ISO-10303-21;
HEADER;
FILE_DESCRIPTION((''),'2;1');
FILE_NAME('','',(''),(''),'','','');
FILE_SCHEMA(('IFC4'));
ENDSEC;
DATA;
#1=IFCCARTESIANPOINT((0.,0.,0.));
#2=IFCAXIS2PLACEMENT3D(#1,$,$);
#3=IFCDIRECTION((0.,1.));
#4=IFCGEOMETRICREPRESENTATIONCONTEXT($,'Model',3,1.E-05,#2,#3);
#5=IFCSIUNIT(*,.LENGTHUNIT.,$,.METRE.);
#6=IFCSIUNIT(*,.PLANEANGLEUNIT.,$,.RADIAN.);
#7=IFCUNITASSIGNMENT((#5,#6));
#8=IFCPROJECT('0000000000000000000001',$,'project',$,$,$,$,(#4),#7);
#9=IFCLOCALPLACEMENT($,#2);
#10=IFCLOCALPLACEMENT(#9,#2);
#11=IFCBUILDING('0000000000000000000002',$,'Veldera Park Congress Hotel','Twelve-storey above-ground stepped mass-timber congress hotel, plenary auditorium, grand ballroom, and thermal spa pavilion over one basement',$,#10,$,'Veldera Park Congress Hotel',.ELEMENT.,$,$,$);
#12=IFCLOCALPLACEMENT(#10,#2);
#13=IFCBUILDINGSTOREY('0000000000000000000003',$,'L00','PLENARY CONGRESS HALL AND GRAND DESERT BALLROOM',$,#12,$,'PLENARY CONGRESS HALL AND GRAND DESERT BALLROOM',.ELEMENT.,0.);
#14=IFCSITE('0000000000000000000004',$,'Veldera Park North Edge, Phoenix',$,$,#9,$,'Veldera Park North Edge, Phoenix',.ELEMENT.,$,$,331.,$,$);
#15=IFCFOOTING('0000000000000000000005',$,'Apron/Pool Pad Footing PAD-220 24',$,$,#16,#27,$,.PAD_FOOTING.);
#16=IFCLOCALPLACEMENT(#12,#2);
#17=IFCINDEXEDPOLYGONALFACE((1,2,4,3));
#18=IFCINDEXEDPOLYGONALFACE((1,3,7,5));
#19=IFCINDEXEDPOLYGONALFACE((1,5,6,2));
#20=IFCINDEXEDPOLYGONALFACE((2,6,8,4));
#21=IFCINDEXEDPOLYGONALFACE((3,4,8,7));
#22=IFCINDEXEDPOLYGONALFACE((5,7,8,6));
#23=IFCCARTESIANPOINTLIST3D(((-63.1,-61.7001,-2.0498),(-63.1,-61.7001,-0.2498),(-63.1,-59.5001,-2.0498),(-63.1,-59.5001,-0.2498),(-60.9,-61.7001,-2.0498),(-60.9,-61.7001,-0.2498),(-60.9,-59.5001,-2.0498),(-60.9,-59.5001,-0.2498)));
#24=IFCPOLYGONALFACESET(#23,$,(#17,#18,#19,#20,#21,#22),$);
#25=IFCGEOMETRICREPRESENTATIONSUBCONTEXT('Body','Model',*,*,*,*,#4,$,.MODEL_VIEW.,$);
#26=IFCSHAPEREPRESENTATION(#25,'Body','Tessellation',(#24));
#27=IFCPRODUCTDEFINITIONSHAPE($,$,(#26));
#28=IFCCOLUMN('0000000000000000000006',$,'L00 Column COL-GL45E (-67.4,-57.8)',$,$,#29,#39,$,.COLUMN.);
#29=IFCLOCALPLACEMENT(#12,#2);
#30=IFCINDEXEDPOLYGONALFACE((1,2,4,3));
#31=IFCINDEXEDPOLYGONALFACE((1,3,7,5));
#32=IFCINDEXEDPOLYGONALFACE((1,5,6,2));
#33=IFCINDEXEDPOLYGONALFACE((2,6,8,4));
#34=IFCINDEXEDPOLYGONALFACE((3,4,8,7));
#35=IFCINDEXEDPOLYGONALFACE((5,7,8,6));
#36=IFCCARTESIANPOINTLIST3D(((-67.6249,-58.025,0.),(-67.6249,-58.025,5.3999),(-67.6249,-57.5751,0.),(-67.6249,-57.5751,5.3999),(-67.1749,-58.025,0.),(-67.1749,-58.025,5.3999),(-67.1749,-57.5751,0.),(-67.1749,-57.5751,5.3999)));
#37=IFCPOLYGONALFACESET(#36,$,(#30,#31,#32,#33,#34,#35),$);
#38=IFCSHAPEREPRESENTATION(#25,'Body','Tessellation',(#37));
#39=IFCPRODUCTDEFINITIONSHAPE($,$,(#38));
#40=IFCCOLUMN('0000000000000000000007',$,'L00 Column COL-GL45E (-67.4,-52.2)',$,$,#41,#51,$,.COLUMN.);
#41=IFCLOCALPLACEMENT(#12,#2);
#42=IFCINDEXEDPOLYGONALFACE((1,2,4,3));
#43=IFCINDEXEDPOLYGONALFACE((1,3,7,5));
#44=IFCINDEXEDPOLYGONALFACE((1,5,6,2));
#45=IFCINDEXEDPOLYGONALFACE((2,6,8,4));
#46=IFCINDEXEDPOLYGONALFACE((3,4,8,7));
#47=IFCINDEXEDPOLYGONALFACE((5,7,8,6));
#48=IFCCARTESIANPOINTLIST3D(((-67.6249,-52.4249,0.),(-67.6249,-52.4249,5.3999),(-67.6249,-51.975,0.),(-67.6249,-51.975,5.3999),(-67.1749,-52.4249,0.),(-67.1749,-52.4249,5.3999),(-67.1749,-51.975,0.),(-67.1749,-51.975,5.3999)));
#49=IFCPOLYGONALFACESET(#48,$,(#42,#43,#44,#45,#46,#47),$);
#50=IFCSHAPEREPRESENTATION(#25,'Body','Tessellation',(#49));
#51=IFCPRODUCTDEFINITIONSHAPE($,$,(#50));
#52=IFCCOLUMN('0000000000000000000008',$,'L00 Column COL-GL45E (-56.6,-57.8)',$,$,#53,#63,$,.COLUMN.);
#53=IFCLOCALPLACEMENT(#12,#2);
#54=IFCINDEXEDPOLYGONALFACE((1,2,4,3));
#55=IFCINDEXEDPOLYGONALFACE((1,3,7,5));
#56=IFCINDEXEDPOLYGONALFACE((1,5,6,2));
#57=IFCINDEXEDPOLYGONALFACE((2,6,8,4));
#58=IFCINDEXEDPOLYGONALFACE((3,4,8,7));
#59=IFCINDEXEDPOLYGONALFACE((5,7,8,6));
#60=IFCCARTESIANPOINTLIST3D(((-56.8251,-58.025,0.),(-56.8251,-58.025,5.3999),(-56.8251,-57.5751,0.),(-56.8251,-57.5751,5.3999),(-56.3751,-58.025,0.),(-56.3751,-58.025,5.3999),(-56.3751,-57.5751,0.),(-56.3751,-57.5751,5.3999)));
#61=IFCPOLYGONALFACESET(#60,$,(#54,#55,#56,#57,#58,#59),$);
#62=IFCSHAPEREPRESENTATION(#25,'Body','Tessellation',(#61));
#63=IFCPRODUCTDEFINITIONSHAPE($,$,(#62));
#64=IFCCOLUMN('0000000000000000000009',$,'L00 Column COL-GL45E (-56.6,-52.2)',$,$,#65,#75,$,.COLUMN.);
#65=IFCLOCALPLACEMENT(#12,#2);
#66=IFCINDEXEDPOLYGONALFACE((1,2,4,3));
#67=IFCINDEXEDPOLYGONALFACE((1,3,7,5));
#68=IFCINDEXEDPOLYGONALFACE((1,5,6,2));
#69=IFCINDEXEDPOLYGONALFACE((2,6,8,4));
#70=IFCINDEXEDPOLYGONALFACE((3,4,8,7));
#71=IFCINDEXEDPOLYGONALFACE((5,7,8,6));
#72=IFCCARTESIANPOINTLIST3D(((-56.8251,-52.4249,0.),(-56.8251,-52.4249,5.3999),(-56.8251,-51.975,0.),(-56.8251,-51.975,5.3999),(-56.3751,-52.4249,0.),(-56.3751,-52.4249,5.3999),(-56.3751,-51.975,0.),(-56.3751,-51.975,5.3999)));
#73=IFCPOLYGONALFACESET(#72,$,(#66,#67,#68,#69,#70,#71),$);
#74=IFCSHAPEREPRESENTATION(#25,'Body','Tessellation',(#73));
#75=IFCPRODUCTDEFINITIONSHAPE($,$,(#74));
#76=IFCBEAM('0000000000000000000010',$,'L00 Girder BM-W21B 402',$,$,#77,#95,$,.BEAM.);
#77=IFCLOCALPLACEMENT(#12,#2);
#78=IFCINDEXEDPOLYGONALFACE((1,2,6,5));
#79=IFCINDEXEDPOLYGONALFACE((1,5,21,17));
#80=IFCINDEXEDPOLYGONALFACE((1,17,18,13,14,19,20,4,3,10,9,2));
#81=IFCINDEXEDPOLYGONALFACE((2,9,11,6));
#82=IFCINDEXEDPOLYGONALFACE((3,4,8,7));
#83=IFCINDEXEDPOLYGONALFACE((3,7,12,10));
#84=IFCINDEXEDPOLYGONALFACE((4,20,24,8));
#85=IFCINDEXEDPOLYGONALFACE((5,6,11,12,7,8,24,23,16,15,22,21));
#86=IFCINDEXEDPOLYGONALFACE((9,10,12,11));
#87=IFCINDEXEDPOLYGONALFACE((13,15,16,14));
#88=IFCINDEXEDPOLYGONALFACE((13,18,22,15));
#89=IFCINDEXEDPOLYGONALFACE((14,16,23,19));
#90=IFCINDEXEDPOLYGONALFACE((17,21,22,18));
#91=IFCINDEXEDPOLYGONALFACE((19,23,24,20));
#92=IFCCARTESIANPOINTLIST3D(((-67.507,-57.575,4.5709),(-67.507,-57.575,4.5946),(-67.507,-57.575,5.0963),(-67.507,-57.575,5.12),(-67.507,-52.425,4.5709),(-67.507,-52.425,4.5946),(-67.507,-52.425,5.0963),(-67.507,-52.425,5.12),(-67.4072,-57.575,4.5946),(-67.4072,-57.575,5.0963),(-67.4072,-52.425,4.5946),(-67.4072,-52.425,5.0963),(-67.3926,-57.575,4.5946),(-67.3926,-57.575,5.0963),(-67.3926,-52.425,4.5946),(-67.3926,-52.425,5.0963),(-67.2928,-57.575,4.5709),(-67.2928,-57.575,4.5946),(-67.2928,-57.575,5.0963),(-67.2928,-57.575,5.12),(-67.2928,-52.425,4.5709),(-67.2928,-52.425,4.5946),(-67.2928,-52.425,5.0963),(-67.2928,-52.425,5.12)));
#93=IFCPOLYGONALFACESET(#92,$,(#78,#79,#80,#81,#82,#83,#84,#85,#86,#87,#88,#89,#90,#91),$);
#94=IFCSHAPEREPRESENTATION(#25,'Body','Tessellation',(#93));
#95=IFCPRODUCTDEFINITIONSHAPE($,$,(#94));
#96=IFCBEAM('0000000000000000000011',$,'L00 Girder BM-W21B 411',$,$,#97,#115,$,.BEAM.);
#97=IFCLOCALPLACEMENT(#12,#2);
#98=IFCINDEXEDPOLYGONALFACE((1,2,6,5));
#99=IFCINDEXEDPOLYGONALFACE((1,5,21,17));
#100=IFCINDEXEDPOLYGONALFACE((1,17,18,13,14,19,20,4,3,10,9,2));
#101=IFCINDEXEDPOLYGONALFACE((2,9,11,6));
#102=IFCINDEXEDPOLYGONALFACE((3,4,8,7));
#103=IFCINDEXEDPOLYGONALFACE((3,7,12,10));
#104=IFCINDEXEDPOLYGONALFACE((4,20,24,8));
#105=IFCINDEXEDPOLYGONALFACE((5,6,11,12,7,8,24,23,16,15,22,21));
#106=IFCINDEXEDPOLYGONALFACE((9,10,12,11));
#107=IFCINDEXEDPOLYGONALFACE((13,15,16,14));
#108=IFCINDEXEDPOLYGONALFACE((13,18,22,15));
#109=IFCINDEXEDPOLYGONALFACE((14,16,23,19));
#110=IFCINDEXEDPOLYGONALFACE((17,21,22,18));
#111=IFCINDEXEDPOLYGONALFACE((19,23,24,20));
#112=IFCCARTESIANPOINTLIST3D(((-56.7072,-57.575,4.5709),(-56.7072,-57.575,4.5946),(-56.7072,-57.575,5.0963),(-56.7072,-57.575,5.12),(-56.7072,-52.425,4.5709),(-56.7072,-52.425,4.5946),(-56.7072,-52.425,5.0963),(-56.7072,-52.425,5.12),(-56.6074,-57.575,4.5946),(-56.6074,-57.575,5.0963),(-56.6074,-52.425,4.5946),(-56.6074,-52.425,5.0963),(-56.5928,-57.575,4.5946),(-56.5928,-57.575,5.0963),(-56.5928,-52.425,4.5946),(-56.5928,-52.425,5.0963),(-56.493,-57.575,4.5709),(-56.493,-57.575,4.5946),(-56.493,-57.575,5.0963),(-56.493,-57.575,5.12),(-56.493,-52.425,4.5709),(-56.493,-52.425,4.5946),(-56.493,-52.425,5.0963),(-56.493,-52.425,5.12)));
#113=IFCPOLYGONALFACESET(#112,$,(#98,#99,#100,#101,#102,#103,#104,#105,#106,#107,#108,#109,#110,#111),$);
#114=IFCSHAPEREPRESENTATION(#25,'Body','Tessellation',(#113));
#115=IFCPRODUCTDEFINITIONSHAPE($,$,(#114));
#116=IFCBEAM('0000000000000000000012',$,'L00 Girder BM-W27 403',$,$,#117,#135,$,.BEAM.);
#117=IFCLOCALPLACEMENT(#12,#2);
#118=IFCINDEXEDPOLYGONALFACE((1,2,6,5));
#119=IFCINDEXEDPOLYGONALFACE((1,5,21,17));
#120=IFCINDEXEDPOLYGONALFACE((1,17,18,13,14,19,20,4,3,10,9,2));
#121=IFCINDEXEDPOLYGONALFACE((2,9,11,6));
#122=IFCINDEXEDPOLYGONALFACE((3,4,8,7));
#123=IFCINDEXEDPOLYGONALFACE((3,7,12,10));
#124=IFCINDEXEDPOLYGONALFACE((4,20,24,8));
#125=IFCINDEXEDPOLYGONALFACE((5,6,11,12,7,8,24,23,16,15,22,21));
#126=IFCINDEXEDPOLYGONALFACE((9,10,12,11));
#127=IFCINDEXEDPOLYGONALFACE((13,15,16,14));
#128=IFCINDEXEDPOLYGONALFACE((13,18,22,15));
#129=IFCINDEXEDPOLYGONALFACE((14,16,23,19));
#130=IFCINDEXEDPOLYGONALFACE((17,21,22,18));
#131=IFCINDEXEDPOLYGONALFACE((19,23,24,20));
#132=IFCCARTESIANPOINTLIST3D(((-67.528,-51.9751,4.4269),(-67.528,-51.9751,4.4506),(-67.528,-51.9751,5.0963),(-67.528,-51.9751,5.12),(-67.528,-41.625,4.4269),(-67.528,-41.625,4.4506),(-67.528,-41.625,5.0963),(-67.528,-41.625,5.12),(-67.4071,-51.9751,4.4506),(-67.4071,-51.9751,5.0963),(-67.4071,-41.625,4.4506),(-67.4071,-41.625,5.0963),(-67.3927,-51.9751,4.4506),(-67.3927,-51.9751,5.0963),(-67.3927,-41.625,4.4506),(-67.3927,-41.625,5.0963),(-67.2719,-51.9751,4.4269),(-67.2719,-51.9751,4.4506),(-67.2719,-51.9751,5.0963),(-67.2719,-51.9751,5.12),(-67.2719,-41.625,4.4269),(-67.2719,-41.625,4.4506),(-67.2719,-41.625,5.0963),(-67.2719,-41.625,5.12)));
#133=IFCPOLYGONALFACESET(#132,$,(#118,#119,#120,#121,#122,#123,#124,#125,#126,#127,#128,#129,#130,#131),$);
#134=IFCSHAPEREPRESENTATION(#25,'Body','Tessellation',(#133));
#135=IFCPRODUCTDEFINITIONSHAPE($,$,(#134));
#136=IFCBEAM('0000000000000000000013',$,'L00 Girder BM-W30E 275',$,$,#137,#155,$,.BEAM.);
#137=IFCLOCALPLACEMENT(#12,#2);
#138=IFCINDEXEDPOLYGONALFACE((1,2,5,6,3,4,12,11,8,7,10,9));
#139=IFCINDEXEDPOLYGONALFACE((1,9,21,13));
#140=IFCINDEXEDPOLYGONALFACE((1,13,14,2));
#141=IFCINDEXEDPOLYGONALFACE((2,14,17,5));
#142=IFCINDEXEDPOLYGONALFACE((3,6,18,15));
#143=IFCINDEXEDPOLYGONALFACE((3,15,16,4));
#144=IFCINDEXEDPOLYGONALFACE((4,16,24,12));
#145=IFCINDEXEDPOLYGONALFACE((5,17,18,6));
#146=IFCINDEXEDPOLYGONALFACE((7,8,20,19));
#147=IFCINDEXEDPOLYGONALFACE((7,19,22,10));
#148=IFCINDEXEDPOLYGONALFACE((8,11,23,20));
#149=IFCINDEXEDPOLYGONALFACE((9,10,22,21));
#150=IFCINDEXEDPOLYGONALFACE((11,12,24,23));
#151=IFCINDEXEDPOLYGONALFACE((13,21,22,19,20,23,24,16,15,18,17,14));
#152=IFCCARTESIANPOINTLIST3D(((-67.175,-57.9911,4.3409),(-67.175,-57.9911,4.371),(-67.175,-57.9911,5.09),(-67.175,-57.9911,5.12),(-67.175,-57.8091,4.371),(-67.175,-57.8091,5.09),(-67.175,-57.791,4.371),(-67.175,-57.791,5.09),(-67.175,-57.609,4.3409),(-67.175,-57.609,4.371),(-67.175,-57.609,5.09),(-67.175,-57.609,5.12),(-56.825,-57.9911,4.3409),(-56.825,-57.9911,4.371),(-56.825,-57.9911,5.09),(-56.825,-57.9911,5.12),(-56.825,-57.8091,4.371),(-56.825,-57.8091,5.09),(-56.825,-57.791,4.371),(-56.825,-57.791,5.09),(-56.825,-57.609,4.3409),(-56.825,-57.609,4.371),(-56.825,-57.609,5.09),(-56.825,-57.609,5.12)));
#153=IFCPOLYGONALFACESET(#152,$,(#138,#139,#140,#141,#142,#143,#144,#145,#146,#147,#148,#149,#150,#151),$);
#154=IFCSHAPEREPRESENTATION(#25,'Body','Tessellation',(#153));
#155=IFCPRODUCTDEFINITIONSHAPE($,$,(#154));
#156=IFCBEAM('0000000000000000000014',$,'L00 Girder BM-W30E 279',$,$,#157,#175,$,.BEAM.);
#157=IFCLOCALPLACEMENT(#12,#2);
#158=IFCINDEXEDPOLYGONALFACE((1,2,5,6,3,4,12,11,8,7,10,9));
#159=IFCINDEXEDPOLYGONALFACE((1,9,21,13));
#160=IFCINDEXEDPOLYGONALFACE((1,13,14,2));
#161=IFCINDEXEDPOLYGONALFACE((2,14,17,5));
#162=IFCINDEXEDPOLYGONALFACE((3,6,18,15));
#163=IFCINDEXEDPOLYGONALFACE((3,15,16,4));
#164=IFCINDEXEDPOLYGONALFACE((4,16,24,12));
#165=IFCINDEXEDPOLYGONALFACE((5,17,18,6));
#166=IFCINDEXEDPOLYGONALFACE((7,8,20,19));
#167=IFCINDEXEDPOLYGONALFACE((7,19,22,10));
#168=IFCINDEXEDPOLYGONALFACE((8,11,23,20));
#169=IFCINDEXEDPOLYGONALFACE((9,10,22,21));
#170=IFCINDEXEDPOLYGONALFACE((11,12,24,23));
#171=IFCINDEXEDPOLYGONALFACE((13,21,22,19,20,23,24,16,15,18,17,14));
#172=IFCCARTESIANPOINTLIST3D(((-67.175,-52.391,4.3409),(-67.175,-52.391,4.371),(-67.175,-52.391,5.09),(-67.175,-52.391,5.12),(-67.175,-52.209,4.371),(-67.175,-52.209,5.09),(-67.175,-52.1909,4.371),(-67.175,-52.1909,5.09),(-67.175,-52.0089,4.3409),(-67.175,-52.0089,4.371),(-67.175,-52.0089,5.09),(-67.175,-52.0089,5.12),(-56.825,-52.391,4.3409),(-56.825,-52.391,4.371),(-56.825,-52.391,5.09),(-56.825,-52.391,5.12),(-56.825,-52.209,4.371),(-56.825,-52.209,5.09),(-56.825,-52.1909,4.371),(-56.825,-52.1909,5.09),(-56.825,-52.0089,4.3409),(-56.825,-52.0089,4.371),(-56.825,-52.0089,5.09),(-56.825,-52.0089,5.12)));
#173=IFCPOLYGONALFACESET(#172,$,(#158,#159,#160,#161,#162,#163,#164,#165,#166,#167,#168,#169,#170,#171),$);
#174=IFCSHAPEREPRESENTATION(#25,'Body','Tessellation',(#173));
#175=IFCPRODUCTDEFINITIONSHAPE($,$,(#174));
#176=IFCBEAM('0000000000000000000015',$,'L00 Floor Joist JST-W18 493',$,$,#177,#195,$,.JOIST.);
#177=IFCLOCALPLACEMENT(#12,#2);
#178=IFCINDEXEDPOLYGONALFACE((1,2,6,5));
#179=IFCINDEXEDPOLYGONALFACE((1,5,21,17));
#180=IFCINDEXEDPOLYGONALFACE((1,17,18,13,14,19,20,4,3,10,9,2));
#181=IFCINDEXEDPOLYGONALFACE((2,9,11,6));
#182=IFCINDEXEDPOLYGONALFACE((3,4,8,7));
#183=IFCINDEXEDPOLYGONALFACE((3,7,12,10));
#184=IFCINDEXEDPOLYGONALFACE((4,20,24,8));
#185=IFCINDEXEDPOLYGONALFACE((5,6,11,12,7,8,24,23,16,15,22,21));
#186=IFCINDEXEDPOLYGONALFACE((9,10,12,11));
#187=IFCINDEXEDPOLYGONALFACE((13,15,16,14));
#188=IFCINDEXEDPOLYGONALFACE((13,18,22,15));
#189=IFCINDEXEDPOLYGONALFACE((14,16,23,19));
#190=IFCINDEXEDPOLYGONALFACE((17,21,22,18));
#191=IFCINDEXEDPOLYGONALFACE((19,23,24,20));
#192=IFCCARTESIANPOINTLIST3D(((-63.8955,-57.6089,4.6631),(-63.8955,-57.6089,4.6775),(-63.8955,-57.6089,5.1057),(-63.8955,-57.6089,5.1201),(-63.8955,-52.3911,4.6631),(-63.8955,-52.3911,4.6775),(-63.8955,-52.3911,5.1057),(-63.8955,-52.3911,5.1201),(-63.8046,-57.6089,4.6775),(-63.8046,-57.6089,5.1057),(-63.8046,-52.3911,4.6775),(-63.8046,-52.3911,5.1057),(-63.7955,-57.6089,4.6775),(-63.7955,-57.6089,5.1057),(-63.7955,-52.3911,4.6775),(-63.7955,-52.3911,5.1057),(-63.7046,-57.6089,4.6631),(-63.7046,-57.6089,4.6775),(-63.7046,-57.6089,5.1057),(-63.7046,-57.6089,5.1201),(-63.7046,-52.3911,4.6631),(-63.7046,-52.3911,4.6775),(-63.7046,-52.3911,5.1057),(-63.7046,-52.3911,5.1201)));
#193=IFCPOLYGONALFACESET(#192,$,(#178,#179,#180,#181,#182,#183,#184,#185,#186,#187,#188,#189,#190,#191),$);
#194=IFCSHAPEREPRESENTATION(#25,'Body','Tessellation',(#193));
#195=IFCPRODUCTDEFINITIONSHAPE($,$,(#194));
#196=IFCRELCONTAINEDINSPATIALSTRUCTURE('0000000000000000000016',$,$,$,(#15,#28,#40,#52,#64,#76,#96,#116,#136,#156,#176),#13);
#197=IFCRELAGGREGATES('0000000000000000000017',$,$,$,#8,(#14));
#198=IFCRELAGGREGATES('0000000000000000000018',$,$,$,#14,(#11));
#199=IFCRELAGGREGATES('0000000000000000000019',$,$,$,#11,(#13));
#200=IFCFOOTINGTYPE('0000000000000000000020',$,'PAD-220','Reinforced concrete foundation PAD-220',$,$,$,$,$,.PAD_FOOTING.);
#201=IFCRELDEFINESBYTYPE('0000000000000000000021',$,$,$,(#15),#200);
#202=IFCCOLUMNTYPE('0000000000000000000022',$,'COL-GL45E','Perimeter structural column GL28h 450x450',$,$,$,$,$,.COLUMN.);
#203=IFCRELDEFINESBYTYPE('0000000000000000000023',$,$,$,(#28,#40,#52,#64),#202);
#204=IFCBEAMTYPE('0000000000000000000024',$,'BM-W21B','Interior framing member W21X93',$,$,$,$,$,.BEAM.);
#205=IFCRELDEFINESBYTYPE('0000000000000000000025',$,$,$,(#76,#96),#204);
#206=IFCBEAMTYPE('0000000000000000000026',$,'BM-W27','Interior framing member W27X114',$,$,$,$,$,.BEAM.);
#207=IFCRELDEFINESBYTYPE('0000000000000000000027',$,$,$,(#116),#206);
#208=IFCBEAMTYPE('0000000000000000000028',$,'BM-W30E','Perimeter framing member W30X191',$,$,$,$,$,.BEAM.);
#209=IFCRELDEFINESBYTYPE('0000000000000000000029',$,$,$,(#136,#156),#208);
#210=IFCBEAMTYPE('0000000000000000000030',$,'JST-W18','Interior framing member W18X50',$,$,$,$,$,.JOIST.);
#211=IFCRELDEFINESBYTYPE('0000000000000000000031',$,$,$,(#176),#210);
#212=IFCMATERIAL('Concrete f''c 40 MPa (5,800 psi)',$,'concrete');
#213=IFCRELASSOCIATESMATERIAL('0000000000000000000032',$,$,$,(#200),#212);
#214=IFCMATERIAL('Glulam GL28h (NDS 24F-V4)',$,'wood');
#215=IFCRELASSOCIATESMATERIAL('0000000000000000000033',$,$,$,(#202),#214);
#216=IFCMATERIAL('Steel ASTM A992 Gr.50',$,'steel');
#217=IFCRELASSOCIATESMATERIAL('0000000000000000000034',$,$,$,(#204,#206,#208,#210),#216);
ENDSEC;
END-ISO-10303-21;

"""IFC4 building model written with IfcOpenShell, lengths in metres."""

from ifc_helpers import new_model, si_unit, direction, frame, origin, origin_2d, place, context, subcontext, project, spatial, rectangle, i_section, extrude, material, material_profile, profile_set, type_object, element, save


model = new_model("IFC4")

# Units and contexts
model_context = context("Model", 3, precision=1e-05, world=origin(), true_north=direction((0.0, 1.0)))
body_context = subcontext(model_context, "Body", "Model", "MODEL_VIEW")
ifc_project = project(units=[si_unit("LENGTHUNIT", "METRE"), si_unit("PLANEANGLEUNIT", "RADIAN")], contexts=[model_context])

# Site, building, storey
site_placement = place(None, origin())
site = spatial("IfcSite", under=ifc_project, at=site_placement, Name="Veldera Park North Edge, Phoenix", LongName="Veldera Park North Edge, Phoenix", CompositionType="ELEMENT", RefElevation=331.0)
building_placement = place(site_placement, origin())
building = spatial("IfcBuilding", under=site, at=building_placement, Name="Veldera Park Congress Hotel", Description="Twelve-storey above-ground stepped mass-timber congress hotel, plenary auditorium, grand ballroom, and thermal spa pavilion over one basement", LongName="Veldera Park Congress Hotel", CompositionType="ELEMENT")
storey_placement = place(building_placement, origin())
storey = spatial("IfcBuildingStorey", under=building, at=storey_placement, Name="L00", Description="PLENARY CONGRESS HALL AND GRAND DESERT BALLROOM", LongName="PLENARY CONGRESS HALL AND GRAND DESERT BALLROOM", CompositionType="ELEMENT", Elevation=0.0)

# Footing
ifc_material_1 = material(Name="Concrete f'c 40 MPa (5,800 psi)", Category="concrete")
footing_type = type_object("IfcFootingType", Name="PAD-220", Description="Reinforced concrete foundation PAD-220", PredefinedType="PAD_FOOTING", material=ifc_material_1)
footing_placement = place(storey_placement, frame((-62.0, -60.6001, -2.0498), z_axis=(0.0, 0.0, 1.0), x_axis=(1.0, 0.0, 0.0)))
element("IfcFooting", 1, at=footing_placement, inside=storey, type_object=footing_type, Name="Apron/Pool Pad Footing PAD-220 24", PredefinedType="PAD_FOOTING", context=body_context, shape_type="SweptSolid", body=[
    extrude(rectangle(XDim=2.2, YDim=2.2, at=origin_2d()), origin(), (0.0, 0.0, 1.0), 1.8),
])

# Columns
ifc_material_2 = material(Name="Glulam GL28h (NDS 24F-V4)", Category="wood")
ifc_material_profile_1 = material_profile(ifc_material_2, rectangle(XDim=0.45, YDim=0.45, at=origin_2d()), Name="GL28h 450x450")
ifc_profile_set_1 = profile_set([ifc_material_profile_1], Name="Glulam GL28h (NDS 24F-V4)")
column_type = type_object("IfcColumnType", Name="COL-GL45E", Description="Perimeter structural column GL28h 450x450", PredefinedType="COLUMN", material=ifc_profile_set_1)
for number, where, z_axis, x_axis, name in (
    (2, (-67.3999, -57.8, 0.0), (0.0, 0.0, 1.0), (1.0, 0.0, 0.0), "L00 Column COL-GL45E (-67.4,-57.8)"),
    (3, (-67.3999, -52.2, 0.0), (0.0, 0.0, 1.0), (1.0, 0.0, 0.0), "L00 Column COL-GL45E (-67.4,-52.2)"),
    (4, (-56.6001, -57.8, 0.0), (0.0, 0.0, 1.0), (1.0, 0.0, 0.0), "L00 Column COL-GL45E (-56.6,-57.8)"),
    (5, (-56.6001, -52.2, 0.0), (0.0, 0.0, 1.0), (1.0, 0.0, 0.0), "L00 Column COL-GL45E (-56.6,-52.2)"),
):
    element("IfcColumn", number, at=place(storey_placement, frame(where, z_axis=z_axis, x_axis=x_axis)), inside=storey, type_object=column_type, Name=name, PredefinedType="COLUMN", context=body_context, shape_type="SweptSolid", body=[
        extrude(rectangle(XDim=0.45, YDim=0.45, at=origin_2d()), origin(), (0.0, 0.0, 1.0), 5.3999),
    ])

# Beams
ifc_material_3 = material(Name="Steel ASTM A992 Gr.50", Category="steel")
ifc_material_profile_2 = material_profile(ifc_material_3, i_section(OverallWidth=0.2141, OverallDepth=0.5491, WebThickness=0.0146, FlangeThickness=0.0237, at=origin_2d()), Name="W21X93")
ifc_profile_set_2 = profile_set([ifc_material_profile_2], Name="Steel ASTM A992 Gr.50")
beam_type_1 = type_object("IfcBeamType", Name="BM-W21B", Description="Interior framing member W21X93", PredefinedType="BEAM", material=ifc_profile_set_2)
for number, where, z_axis, x_axis, name in (
    (6, (-67.3999, -57.575, 4.8455), (0.0, 1.0, 0.0), (-1.0, 0.0, 0.0), "L00 Girder BM-W21B 402"),
    (7, (-56.6001, -57.575, 4.8455), (0.0, 1.0, 0.0), (-1.0, 0.0, 0.0), "L00 Girder BM-W21B 411"),
):
    element("IfcBeam", number, at=place(storey_placement, frame(where, z_axis=z_axis, x_axis=x_axis)), inside=storey, type_object=beam_type_1, Name=name, PredefinedType="BEAM", context=body_context, shape_type="SweptSolid", body=[
        extrude(i_section(OverallWidth=0.2141, OverallDepth=0.5491, WebThickness=0.0146, FlangeThickness=0.0237, at=origin_2d()), origin(), (0.0, 0.0, 1.0), 5.1499),
    ])
ifc_material_profile_3 = material_profile(ifc_material_3, i_section(OverallWidth=0.2561, OverallDepth=0.6931, WebThickness=0.0144, FlangeThickness=0.0237, at=origin_2d()), Name="W27X114")
ifc_profile_set_3 = profile_set([ifc_material_profile_3], Name="Steel ASTM A992 Gr.50")
beam_type_2 = type_object("IfcBeamType", Name="BM-W27", Description="Interior framing member W27X114", PredefinedType="BEAM", material=ifc_profile_set_3)
beam_placement = place(storey_placement, frame((-67.3999, -51.9751, 4.7734), z_axis=(0.0, 1.0, 0.0), x_axis=(-1.0, 0.0, 0.0)))
element("IfcBeam", 8, at=beam_placement, inside=storey, type_object=beam_type_2, Name="L00 Girder BM-W27 403", PredefinedType="BEAM", context=body_context, shape_type="SweptSolid", body=[
    extrude(i_section(OverallWidth=0.2561, OverallDepth=0.6931, WebThickness=0.0144, FlangeThickness=0.0237, at=origin_2d()), origin(), (0.0, 0.0, 1.0), 10.3501),
])
ifc_material_profile_4 = material_profile(ifc_material_3, i_section(OverallWidth=0.3821, OverallDepth=0.7791, WebThickness=0.0181, FlangeThickness=0.03, at=origin_2d()), Name="W30X191")
ifc_profile_set_4 = profile_set([ifc_material_profile_4], Name="Steel ASTM A992 Gr.50")
beam_type_3 = type_object("IfcBeamType", Name="BM-W30E", Description="Perimeter framing member W30X191", PredefinedType="BEAM", material=ifc_profile_set_4)
for number, where, z_axis, x_axis, name in (
    (9, (-67.175, -57.8, 4.7305), (1.0, 0.0, 0.0), (0.0, 1.0, 0.0), "L00 Girder BM-W30E 275"),
    (10, (-67.175, -52.2, 4.7305), (1.0, 0.0, 0.0), (0.0, 1.0, 0.0), "L00 Girder BM-W30E 279"),
):
    element("IfcBeam", number, at=place(storey_placement, frame(where, z_axis=z_axis, x_axis=x_axis)), inside=storey, type_object=beam_type_3, Name=name, PredefinedType="BEAM", context=body_context, shape_type="SweptSolid", body=[
        extrude(i_section(OverallWidth=0.3821, OverallDepth=0.7791, WebThickness=0.0181, FlangeThickness=0.03, at=origin_2d()), origin(), (0.0, 0.0, 1.0), 10.3501),
    ])
ifc_material_profile_5 = material_profile(ifc_material_3, i_section(OverallWidth=0.1909, OverallDepth=0.457, WebThickness=0.009, FlangeThickness=0.0144, at=origin_2d()), Name="W18X50")
ifc_profile_set_5 = profile_set([ifc_material_profile_5], Name="Steel ASTM A992 Gr.50")
beam_type_4 = type_object("IfcBeamType", Name="JST-W18", Description="Interior framing member W18X50", PredefinedType="JOIST", material=ifc_profile_set_5)
for number, where, z_axis, x_axis, name in (
    (11, (-63.8, -57.6089, 4.8916), (0.0, 1.0, 0.0), (-1.0, 0.0, 0.0), "L00 Floor Joist JST-W18 493"),
):
    element("IfcBeam", number, at=place(storey_placement, frame(where, z_axis=z_axis, x_axis=x_axis)), inside=storey, type_object=beam_type_4, Name=name, PredefinedType="JOIST", context=body_context, shape_type="SweptSolid", body=[
        extrude(i_section(OverallWidth=0.1909, OverallDepth=0.457, WebThickness=0.009, FlangeThickness=0.0144, at=origin_2d()), origin(), (0.0, 0.0, 1.0), 5.2178),
    ])

save(model, "model.ifc")
